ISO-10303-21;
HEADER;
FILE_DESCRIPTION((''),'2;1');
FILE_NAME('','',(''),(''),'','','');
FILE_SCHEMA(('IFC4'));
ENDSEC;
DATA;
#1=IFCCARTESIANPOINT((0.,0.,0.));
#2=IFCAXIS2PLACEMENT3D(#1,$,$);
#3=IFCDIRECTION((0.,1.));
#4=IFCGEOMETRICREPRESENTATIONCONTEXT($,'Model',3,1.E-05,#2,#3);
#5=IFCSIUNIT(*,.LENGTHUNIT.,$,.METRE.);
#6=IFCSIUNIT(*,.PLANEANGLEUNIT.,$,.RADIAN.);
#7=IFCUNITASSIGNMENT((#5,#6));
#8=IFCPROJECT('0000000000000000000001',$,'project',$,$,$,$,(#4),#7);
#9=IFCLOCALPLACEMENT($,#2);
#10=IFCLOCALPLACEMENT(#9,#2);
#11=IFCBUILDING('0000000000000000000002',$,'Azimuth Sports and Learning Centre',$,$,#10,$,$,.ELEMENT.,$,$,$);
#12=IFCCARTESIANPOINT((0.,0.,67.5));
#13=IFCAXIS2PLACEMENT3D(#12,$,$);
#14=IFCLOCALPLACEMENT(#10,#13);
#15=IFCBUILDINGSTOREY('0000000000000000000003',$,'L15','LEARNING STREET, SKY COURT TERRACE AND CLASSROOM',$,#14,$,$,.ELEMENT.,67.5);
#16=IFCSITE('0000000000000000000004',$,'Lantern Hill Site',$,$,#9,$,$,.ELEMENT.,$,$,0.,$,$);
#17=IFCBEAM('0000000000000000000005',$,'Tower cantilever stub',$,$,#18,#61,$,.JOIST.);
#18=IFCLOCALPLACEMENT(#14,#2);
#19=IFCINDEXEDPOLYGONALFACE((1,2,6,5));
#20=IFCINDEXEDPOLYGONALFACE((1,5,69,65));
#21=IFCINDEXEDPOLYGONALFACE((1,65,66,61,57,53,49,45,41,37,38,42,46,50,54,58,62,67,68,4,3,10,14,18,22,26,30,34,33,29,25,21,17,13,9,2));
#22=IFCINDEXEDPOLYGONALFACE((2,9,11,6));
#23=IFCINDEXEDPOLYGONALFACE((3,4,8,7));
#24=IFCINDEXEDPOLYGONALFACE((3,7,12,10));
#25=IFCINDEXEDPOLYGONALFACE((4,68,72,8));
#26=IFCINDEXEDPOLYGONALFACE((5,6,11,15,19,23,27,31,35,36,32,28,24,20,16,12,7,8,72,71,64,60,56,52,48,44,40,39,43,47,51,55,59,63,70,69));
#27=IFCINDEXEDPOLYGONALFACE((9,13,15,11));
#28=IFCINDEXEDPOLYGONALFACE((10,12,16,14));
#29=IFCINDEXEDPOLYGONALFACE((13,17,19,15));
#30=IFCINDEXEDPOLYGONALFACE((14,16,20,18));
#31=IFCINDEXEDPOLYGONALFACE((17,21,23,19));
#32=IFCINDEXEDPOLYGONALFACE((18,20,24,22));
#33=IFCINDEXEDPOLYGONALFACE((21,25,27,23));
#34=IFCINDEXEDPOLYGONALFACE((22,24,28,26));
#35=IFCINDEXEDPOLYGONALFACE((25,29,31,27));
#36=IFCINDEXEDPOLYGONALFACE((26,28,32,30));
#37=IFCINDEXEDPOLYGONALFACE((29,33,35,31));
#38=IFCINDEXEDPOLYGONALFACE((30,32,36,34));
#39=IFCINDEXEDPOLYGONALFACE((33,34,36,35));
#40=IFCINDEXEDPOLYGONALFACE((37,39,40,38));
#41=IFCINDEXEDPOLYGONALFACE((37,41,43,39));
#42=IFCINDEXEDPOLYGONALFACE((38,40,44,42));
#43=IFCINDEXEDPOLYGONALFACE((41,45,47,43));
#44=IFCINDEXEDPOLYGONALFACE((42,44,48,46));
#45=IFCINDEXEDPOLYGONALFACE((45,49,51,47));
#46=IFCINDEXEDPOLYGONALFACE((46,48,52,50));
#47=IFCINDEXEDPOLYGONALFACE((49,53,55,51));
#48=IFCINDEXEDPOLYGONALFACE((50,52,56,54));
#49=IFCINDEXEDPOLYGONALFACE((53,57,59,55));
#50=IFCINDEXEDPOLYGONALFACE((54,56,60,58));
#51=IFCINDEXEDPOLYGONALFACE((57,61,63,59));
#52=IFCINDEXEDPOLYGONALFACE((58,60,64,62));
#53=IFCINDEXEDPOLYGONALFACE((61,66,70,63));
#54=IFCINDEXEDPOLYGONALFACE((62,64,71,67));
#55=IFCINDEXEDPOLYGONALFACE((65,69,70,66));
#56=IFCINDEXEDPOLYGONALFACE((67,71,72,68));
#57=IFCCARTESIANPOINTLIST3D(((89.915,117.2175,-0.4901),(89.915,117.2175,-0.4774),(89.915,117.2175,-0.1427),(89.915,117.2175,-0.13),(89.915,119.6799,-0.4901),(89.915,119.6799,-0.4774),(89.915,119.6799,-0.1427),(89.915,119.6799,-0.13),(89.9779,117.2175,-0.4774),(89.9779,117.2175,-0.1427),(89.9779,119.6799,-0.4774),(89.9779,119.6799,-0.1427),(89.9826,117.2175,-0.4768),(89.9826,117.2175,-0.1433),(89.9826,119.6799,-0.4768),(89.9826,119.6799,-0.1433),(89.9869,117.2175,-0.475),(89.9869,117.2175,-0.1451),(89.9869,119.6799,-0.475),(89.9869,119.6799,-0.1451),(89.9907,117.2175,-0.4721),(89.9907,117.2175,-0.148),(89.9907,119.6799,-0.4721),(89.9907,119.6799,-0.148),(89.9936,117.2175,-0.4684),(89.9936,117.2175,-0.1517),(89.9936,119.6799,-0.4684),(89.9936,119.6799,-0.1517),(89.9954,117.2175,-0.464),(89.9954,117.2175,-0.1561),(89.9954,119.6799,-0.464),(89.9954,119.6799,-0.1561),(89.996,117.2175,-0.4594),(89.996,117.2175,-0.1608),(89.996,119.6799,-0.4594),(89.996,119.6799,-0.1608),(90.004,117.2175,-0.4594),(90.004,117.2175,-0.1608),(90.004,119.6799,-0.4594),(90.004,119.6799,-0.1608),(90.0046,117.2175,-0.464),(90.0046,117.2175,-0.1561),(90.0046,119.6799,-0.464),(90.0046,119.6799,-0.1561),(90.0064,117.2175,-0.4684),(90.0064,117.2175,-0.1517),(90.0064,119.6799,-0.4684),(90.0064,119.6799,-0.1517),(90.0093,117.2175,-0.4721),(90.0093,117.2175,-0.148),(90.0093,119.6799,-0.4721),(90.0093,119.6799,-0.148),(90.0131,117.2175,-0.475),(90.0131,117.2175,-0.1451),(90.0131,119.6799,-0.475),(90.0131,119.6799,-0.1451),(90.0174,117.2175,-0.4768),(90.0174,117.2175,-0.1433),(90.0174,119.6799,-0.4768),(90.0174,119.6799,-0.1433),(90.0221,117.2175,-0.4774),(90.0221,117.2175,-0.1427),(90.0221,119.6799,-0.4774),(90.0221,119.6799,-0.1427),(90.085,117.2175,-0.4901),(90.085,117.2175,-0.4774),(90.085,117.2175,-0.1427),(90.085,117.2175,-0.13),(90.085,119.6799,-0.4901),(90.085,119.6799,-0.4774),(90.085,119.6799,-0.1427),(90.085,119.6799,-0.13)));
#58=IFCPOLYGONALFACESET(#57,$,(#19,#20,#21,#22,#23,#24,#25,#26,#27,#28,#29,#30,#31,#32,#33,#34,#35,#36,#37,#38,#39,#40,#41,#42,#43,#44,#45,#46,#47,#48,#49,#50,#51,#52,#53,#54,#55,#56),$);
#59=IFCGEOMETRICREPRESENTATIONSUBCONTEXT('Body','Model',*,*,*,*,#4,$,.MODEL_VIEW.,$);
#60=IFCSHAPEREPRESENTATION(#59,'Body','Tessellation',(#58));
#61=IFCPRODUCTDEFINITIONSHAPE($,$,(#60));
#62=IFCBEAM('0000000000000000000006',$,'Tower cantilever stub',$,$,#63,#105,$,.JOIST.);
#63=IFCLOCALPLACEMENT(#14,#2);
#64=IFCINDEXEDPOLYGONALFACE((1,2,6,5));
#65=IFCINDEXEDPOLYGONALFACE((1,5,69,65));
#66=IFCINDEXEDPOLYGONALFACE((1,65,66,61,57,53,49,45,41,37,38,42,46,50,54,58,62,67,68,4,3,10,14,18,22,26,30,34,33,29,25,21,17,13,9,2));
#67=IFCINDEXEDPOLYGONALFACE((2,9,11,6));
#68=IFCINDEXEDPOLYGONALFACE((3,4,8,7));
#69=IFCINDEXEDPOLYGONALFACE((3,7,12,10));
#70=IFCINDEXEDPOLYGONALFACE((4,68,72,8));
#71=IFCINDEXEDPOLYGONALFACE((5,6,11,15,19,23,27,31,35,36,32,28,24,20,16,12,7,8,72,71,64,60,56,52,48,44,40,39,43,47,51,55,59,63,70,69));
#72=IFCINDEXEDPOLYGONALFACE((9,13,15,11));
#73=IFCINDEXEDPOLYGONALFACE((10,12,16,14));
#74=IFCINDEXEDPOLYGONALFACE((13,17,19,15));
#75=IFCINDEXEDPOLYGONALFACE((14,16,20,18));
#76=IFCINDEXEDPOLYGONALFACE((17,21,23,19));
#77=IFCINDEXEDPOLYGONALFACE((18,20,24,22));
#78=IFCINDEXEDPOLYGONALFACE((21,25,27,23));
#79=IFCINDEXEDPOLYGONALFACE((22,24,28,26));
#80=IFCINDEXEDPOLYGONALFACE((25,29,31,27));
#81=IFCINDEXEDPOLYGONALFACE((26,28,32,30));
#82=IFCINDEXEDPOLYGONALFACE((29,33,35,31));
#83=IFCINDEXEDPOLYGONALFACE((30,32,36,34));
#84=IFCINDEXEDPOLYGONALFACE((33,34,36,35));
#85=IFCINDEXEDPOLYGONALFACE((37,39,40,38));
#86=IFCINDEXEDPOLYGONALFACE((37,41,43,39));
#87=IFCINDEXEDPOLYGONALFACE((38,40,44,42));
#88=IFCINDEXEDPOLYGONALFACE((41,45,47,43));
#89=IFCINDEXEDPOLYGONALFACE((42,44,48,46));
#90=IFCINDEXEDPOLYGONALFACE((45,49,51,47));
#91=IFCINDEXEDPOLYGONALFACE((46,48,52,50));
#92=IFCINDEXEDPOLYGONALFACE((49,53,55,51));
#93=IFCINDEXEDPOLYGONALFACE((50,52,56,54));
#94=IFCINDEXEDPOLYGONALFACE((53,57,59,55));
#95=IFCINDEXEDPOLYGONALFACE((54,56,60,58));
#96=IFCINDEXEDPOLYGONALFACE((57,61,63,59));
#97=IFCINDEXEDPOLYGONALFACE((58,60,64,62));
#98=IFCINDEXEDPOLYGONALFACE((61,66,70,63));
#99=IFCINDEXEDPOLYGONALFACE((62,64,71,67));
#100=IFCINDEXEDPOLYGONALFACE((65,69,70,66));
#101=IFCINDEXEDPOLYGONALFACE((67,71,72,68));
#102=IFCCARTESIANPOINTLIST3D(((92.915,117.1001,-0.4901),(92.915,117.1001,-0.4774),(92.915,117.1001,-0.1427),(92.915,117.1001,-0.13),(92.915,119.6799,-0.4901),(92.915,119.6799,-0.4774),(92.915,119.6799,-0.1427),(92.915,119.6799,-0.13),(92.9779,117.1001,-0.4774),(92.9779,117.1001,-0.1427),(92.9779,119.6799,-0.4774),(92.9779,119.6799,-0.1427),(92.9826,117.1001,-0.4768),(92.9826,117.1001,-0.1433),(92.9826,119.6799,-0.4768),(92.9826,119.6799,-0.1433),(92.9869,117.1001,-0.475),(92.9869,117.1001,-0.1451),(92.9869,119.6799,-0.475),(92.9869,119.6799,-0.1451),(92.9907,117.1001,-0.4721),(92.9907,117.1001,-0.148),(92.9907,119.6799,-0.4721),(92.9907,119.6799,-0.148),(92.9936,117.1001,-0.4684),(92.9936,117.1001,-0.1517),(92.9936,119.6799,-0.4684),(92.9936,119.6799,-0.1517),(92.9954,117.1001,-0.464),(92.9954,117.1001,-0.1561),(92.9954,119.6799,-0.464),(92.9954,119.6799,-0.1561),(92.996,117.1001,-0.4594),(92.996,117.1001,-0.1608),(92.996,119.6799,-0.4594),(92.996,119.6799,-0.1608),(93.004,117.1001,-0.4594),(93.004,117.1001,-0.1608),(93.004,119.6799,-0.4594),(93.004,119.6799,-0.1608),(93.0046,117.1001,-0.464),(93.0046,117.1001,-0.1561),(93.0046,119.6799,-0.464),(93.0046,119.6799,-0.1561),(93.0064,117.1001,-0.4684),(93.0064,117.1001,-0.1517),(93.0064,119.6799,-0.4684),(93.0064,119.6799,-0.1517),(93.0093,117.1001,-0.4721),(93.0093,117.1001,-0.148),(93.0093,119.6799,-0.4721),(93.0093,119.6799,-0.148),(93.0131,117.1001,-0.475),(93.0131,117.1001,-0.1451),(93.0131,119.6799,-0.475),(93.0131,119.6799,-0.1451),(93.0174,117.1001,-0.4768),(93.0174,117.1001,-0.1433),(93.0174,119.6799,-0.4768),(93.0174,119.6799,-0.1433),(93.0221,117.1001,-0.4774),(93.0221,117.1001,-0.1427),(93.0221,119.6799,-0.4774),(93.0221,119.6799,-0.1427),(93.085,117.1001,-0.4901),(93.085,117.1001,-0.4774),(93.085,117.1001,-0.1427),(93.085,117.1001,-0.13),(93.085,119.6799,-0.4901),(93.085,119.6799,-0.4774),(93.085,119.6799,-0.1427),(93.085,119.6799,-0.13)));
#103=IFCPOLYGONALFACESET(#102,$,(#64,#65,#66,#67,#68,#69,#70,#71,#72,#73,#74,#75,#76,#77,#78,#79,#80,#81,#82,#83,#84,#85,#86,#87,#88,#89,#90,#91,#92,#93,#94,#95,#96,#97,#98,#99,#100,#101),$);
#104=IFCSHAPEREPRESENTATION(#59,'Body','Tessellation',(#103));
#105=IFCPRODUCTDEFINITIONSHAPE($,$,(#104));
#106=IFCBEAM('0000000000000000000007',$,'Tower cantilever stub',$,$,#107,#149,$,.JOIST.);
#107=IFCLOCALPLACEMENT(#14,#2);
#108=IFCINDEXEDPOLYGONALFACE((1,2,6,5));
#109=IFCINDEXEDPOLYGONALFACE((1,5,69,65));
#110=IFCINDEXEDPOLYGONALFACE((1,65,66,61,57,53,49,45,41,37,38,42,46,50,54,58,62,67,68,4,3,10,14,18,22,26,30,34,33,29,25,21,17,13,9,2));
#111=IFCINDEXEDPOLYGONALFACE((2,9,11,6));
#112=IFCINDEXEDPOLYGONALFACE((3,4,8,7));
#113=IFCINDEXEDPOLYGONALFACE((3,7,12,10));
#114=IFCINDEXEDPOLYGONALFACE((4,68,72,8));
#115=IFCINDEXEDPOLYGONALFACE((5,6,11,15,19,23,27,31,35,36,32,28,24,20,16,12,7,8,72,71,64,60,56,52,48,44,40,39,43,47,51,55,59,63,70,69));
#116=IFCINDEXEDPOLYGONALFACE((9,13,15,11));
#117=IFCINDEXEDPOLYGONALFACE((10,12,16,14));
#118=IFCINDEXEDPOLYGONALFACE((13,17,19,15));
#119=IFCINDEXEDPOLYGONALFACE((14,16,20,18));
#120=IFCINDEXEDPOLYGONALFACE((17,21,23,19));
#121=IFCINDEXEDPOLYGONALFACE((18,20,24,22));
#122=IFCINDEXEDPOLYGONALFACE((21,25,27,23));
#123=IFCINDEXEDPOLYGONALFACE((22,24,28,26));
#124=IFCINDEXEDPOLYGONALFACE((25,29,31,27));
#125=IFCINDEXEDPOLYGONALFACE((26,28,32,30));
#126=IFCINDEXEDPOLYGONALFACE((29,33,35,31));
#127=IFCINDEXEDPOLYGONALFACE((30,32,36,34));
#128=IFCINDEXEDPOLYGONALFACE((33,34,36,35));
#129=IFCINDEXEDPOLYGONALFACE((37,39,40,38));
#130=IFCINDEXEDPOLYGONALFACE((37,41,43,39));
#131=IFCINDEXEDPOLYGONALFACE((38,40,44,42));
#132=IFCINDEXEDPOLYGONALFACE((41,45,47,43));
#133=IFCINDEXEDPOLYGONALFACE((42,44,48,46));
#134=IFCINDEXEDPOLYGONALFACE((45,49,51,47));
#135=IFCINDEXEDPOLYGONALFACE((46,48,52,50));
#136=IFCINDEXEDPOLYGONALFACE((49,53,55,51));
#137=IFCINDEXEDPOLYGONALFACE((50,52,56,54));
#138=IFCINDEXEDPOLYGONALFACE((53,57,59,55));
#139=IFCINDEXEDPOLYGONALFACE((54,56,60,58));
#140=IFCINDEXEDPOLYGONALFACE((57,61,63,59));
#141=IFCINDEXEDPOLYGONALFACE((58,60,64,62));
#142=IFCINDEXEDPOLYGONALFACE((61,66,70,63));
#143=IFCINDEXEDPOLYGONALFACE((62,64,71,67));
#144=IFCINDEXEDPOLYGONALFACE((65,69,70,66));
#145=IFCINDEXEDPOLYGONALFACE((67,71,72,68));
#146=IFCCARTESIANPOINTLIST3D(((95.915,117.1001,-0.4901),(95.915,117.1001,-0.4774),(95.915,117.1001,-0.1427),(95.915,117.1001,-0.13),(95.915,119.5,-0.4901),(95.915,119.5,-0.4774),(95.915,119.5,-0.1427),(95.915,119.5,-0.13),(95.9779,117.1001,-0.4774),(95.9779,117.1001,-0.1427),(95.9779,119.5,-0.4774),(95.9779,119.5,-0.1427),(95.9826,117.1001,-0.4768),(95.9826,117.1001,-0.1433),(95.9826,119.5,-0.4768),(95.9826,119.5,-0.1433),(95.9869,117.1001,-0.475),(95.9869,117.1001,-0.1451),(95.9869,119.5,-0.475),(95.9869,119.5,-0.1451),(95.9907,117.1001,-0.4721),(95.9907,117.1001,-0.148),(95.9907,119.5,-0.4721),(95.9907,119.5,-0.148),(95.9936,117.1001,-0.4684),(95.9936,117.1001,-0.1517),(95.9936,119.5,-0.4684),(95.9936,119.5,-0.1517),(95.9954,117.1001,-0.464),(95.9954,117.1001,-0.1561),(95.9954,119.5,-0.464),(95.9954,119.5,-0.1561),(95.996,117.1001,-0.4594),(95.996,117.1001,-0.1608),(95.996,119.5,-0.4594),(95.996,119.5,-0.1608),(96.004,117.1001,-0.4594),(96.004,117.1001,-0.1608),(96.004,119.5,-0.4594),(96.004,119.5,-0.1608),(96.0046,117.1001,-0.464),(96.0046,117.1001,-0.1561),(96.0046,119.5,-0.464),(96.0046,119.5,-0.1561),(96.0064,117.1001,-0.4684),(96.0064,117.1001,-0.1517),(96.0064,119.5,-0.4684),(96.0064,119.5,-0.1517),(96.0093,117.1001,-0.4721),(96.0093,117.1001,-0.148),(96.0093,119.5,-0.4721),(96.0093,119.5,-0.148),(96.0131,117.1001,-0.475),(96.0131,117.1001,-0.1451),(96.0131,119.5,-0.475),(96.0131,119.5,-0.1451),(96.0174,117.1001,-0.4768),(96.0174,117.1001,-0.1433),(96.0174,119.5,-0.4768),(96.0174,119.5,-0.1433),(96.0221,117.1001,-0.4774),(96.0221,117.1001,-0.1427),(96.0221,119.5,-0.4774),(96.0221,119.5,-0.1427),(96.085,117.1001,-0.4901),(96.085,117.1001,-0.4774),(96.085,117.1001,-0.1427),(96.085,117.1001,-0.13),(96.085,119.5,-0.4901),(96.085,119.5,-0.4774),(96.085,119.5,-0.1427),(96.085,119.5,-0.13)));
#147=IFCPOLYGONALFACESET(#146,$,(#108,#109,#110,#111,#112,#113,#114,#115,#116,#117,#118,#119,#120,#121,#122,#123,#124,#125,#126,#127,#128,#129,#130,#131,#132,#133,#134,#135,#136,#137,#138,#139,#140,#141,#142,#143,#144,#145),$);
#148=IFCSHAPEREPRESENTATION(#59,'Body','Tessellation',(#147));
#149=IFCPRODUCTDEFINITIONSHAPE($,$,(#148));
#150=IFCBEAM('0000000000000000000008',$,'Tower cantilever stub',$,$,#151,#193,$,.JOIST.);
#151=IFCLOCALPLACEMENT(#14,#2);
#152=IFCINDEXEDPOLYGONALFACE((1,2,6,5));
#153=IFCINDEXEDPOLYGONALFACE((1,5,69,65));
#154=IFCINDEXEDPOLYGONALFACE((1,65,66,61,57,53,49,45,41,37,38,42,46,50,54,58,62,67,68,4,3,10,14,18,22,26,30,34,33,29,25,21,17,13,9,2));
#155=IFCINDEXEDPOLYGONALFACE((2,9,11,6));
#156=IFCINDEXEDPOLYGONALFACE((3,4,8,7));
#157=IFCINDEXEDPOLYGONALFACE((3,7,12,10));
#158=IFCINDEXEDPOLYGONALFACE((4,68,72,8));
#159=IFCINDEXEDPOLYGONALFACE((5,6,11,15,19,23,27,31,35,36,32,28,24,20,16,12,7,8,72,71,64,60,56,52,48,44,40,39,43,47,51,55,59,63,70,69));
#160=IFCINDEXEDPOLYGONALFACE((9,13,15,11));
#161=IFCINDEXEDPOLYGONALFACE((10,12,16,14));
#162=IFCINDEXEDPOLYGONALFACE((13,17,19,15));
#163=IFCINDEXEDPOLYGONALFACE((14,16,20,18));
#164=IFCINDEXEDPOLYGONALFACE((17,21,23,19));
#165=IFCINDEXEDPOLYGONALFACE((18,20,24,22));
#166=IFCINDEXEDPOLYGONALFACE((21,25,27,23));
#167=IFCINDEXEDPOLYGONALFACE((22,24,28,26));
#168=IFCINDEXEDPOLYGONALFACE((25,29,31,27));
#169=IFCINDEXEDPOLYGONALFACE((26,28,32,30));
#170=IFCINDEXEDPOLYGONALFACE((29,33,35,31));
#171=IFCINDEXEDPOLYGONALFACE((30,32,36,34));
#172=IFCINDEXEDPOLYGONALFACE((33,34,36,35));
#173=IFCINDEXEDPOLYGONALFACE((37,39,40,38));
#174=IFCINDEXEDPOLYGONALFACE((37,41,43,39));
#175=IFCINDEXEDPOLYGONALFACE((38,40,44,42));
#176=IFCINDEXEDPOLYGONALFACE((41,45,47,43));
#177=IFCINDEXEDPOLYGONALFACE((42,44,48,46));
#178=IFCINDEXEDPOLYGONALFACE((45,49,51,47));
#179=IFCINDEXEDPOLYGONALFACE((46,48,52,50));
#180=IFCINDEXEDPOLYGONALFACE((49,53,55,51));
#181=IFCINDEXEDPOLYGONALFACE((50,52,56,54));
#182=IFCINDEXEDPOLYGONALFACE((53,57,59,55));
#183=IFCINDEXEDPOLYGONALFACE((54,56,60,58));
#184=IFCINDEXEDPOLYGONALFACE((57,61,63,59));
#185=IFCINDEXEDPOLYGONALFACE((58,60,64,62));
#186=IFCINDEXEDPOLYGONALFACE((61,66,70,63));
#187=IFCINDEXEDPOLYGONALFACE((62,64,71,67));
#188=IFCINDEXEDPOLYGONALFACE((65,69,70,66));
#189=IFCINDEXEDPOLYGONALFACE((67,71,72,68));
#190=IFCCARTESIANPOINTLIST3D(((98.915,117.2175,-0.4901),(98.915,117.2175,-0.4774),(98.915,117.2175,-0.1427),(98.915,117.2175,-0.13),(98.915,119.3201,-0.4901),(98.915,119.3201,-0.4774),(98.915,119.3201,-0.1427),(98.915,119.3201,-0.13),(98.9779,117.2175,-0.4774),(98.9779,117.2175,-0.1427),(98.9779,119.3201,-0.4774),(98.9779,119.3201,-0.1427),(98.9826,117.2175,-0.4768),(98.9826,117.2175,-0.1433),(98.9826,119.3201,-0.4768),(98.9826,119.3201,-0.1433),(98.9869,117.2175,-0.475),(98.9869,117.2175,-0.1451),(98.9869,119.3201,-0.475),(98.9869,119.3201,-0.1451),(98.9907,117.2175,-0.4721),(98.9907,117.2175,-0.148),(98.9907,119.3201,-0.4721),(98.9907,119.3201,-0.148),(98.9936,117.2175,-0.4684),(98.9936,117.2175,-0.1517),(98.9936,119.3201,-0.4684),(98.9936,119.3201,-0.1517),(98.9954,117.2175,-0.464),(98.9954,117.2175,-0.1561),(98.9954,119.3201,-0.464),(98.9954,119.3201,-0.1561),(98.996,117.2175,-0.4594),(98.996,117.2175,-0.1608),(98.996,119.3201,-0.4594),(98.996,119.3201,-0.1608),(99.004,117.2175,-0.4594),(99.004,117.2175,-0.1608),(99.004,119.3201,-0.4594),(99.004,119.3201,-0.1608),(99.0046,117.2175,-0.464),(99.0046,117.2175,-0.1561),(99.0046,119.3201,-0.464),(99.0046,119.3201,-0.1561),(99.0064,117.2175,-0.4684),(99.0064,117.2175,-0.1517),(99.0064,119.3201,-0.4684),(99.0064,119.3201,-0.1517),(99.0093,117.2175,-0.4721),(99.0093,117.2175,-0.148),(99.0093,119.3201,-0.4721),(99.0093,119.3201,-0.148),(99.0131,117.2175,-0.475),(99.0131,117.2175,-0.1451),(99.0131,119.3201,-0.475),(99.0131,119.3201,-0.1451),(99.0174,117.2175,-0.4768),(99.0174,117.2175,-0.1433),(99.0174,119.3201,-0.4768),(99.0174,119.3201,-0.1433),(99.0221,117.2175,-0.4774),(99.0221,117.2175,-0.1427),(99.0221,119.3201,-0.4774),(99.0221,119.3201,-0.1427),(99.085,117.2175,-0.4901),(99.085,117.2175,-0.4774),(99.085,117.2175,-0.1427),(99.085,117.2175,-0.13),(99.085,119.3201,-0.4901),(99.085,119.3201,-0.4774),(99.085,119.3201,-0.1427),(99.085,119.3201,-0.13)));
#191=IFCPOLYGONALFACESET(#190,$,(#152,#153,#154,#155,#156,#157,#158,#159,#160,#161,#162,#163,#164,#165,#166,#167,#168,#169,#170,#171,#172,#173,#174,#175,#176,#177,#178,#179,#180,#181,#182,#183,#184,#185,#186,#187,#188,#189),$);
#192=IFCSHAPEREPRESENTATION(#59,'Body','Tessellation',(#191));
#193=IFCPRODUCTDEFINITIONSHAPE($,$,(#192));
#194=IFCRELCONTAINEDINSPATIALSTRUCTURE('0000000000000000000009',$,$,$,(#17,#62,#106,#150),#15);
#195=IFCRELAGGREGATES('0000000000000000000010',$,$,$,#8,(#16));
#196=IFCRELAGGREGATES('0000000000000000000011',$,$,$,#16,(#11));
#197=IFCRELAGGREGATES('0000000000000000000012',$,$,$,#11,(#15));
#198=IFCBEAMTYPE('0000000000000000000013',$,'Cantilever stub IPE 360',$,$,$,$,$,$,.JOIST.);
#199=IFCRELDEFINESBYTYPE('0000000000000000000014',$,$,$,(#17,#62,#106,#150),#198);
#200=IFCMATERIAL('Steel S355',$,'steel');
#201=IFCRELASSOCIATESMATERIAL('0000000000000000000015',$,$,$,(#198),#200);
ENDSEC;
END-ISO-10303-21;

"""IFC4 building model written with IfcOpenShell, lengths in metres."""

from ifc_helpers import new_model, si_unit, direction, frame, origin, origin_2d, place, context, subcontext, project, spatial, i_section, extrude, material, material_profile, profile_set, type_object, element, save


model = new_model("IFC4")

# Units and contexts
model_context = context("Model", 3, precision=1e-05, world=origin(), true_north=direction((0.0, 1.0)))
body_context = subcontext(model_context, "Body", "Model", "MODEL_VIEW")
ifc_project = project(units=[si_unit("LENGTHUNIT", "METRE"), si_unit("PLANEANGLEUNIT", "RADIAN")], contexts=[model_context])

# Site, building, storey
site_placement = place(None, origin())
site = spatial("IfcSite", under=ifc_project, at=site_placement, Name="Lantern Hill Site", CompositionType="ELEMENT", RefElevation=0.0)
building_placement = place(site_placement, origin())
building = spatial("IfcBuilding", under=site, at=building_placement, Name="Azimuth Sports and Learning Centre", CompositionType="ELEMENT")
storey_placement = place(building_placement, frame((0.0, 0.0, 67.5)))
storey = spatial("IfcBuildingStorey", under=building, at=storey_placement, Name="L15", Description="LEARNING STREET, SKY COURT TERRACE AND CLASSROOM", CompositionType="ELEMENT", Elevation=67.5)

# Beams
ifc_material_1 = material(Name="Steel S355", Category="steel")
ifc_material_profile_1 = material_profile(ifc_material_1, i_section(OverallWidth=0.1699, OverallDepth=0.3601, WebThickness=0.0081, FlangeThickness=0.0127, FilletRadius=0.0181, at=origin_2d()), Name="IPE 360")
ifc_profile_set_1 = profile_set([ifc_material_profile_1], Name="Steel S355")
beam_type_1 = type_object("IfcBeamType", Name="Cantilever stub IPE 360", PredefinedType="JOIST", material=ifc_profile_set_1)
beam_1_placement = place(storey_placement, frame((90.0, 117.2175, -0.3101), z_axis=(0.0, 1.0, 0.0), x_axis=(-1.0, 0.0, 0.0)))
element("IfcBeam", 1, at=beam_1_placement, inside=storey, type_object=beam_type_1, Name="Tower cantilever stub", PredefinedType="JOIST", context=body_context, shape_type="SweptSolid", body=[
    extrude(i_section(OverallWidth=0.1699, OverallDepth=0.3601, WebThickness=0.0081, FlangeThickness=0.0127, FilletRadius=0.0181, at=origin_2d()), origin(), (0.0, 0.0, 1.0), 2.4624),
])
beam_2_placement = place(storey_placement, frame((93.0, 117.1001, -0.3101), z_axis=(0.0, 1.0, 0.0), x_axis=(-1.0, 0.0, 0.0)))
element("IfcBeam", 2, at=beam_2_placement, inside=storey, type_object=beam_type_1, Name="Tower cantilever stub", PredefinedType="JOIST", context=body_context, shape_type="SweptSolid", body=[
    extrude(i_section(OverallWidth=0.1699, OverallDepth=0.3601, WebThickness=0.0081, FlangeThickness=0.0127, FilletRadius=0.0181, at=origin_2d()), origin(), (0.0, 0.0, 1.0), 2.5798),
])
beam_3_placement = place(storey_placement, frame((96.0, 117.1001, -0.3101), z_axis=(0.0, 1.0, 0.0), x_axis=(-1.0, 0.0, 0.0)))
element("IfcBeam", 3, at=beam_3_placement, inside=storey, type_object=beam_type_1, Name="Tower cantilever stub", PredefinedType="JOIST", context=body_context, shape_type="SweptSolid", body=[
    extrude(i_section(OverallWidth=0.1699, OverallDepth=0.3601, WebThickness=0.0081, FlangeThickness=0.0127, FilletRadius=0.0181, at=origin_2d()), origin(), (0.0, 0.0, 1.0), 2.3999),
])
beam_4_placement = place(storey_placement, frame((99.0, 117.2175, -0.3101), z_axis=(0.0, 1.0, 0.0), x_axis=(-1.0, 0.0, 0.0)))
element("IfcBeam", 4, at=beam_4_placement, inside=storey, type_object=beam_type_1, Name="Tower cantilever stub", PredefinedType="JOIST", context=body_context, shape_type="SweptSolid", body=[
    extrude(i_section(OverallWidth=0.1699, OverallDepth=0.3601, WebThickness=0.0081, FlangeThickness=0.0127, FilletRadius=0.0181, at=origin_2d()), origin(), (0.0, 0.0, 1.0), 2.1025),
])

save(model, "model.ifc")
